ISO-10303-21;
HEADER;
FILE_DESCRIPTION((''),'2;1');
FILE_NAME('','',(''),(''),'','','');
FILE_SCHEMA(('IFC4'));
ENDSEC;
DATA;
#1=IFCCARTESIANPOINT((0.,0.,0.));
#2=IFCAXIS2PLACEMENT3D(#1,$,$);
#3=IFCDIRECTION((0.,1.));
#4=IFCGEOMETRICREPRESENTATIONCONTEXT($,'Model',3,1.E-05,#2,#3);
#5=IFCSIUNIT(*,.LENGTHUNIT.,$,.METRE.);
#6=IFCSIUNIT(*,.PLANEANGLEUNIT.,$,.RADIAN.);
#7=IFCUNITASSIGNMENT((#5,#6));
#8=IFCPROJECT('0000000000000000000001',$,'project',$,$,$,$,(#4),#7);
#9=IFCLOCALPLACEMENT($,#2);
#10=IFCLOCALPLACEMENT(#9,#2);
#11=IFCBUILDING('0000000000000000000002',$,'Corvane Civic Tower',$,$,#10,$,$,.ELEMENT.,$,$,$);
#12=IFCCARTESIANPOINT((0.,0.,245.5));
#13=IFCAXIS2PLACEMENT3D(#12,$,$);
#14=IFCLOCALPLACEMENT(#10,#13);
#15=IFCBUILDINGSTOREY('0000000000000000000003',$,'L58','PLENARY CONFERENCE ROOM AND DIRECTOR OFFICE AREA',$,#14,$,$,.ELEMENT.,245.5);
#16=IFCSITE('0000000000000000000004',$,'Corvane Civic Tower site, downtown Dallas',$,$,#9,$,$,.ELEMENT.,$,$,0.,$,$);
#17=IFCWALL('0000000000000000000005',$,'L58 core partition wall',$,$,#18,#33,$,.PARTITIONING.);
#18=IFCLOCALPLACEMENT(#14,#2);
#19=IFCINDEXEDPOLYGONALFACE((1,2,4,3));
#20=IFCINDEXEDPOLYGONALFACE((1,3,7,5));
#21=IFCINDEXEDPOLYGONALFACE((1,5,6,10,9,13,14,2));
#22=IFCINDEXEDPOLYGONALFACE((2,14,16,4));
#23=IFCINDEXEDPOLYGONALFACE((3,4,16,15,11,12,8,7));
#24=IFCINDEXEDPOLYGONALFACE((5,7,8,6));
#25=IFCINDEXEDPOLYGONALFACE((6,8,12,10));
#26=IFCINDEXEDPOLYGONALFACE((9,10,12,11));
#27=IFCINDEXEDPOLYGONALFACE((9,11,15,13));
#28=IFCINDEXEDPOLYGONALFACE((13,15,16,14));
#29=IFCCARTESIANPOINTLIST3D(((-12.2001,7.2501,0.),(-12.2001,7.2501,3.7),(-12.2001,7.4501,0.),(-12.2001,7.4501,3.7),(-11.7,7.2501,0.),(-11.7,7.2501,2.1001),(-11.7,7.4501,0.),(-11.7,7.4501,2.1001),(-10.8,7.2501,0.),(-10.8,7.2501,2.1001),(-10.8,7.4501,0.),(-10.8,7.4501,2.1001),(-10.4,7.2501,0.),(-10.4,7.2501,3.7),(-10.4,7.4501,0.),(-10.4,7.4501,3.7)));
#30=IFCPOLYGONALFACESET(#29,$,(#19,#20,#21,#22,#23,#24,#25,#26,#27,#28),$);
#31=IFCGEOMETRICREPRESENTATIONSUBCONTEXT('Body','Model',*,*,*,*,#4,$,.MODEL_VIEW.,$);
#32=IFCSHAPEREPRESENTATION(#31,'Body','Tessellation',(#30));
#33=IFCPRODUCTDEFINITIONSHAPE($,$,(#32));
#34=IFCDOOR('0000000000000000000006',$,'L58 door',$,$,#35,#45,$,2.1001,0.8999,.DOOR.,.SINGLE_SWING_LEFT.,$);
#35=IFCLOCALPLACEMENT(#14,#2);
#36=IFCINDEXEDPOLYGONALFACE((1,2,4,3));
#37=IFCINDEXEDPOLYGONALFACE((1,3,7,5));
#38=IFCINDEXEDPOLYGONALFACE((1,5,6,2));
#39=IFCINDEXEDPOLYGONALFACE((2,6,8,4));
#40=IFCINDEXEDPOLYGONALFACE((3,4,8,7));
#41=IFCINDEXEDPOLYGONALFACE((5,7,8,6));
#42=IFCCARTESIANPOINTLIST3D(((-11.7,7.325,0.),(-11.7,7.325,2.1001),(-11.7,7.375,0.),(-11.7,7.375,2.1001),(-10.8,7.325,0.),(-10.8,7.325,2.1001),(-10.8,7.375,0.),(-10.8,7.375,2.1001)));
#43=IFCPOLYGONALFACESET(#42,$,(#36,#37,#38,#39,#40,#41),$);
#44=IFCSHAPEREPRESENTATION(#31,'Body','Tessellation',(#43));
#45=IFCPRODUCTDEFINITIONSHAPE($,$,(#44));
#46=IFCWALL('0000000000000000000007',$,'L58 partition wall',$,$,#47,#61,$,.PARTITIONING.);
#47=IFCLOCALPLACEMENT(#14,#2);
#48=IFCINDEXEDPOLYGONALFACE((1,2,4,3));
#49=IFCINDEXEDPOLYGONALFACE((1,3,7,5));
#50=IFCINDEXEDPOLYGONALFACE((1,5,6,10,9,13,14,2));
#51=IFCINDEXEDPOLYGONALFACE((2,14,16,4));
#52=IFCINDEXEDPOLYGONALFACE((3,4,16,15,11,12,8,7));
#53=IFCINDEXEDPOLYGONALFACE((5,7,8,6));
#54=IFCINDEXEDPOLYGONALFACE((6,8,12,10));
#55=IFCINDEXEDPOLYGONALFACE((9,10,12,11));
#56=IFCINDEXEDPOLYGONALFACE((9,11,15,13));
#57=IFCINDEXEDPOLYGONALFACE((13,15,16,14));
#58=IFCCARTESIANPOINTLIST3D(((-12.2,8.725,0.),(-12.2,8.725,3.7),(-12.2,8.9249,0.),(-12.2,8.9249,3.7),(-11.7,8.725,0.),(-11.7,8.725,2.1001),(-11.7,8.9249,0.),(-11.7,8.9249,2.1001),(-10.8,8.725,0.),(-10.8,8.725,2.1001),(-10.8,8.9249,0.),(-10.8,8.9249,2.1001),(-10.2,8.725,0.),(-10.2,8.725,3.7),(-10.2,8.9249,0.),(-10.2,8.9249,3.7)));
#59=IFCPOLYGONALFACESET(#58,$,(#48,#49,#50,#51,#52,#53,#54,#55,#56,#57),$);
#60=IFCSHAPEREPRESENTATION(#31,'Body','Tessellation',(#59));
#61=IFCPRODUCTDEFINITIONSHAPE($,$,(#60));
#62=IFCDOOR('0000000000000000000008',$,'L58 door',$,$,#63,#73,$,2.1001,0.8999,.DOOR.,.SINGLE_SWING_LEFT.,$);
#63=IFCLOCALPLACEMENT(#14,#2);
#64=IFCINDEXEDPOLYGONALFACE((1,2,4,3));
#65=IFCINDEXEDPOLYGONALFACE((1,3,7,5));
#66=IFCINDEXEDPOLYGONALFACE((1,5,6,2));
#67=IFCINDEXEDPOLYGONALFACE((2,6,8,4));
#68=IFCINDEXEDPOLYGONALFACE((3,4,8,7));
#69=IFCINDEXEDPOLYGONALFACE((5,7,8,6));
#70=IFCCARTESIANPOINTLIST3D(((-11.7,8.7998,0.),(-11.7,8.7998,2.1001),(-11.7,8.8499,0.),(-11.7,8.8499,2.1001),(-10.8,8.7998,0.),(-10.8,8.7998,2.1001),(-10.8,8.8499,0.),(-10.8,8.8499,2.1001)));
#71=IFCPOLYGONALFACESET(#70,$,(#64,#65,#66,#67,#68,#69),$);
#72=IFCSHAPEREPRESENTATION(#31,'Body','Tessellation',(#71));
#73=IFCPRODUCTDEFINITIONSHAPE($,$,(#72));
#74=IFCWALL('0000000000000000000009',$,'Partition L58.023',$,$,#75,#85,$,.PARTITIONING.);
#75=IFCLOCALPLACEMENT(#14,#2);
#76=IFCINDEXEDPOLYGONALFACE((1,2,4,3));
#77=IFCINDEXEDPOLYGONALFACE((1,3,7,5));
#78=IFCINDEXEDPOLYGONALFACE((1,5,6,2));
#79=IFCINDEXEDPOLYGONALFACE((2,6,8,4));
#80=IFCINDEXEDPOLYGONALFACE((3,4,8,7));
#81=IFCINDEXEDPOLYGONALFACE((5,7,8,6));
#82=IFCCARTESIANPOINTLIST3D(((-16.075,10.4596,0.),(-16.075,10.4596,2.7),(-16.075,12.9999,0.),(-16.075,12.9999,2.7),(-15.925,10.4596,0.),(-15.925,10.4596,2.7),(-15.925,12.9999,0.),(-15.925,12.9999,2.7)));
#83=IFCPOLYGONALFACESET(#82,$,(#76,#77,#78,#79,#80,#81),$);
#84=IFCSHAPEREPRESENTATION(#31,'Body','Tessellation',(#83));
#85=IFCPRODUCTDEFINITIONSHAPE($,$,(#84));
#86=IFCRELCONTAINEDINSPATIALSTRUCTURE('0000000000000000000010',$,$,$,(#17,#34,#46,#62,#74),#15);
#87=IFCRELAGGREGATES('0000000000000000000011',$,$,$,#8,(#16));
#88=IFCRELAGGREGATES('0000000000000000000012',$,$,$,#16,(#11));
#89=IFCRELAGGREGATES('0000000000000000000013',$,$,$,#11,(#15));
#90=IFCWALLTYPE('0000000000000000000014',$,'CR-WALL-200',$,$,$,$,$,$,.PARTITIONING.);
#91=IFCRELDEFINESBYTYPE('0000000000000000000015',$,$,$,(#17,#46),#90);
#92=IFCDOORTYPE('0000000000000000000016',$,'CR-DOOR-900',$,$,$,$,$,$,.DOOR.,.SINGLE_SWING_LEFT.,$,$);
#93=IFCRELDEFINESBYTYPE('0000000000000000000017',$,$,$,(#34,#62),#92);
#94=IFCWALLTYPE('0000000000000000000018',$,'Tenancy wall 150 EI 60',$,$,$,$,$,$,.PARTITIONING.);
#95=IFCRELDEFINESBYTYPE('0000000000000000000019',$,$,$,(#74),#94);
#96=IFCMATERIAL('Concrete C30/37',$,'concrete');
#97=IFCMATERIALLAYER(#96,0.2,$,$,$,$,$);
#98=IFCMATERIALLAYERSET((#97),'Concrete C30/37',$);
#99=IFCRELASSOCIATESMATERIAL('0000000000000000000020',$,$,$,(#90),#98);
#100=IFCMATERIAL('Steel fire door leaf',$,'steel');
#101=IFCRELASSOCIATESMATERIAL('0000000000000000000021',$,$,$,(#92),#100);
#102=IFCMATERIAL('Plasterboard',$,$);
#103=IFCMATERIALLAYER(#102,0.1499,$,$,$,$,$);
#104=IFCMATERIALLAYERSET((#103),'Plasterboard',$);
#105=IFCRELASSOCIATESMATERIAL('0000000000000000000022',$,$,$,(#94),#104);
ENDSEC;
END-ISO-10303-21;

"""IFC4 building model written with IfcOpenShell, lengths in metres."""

from ifc_helpers import new_model, si_unit, direction, frame, frame_2d, origin, place, context, subcontext, project, spatial, rectangle, extrude, material, layer, layer_set, type_object, element, fill, save


model = new_model("IFC4")

# Units and contexts
model_context = context("Model", 3, precision=1e-05, world=origin(), true_north=direction((0.0, 1.0)))
body_context = subcontext(model_context, "Body", "Model", "MODEL_VIEW")
ifc_project = project(units=[si_unit("LENGTHUNIT", "METRE"), si_unit("PLANEANGLEUNIT", "RADIAN")], contexts=[model_context])

# Site, building, storey
site_placement = place(None, origin())
site = spatial("IfcSite", under=ifc_project, at=site_placement, Name="Corvane Civic Tower site, downtown Dallas", CompositionType="ELEMENT", RefElevation=0.0)
building_placement = place(site_placement, origin())
building = spatial("IfcBuilding", under=site, at=building_placement, Name="Corvane Civic Tower", CompositionType="ELEMENT")
storey_placement = place(building_placement, frame((0.0, 0.0, 245.5)))
storey = spatial("IfcBuildingStorey", under=building, at=storey_placement, Name="L58", Description="PLENARY CONFERENCE ROOM AND DIRECTOR OFFICE AREA", CompositionType="ELEMENT", Elevation=245.5)

# Shared definitions
ifc_material_1 = material(Name="Concrete C30/37", Category="concrete")
ifc_layer_1 = layer(ifc_material_1, 0.2)
ifc_layer_set_1 = layer_set([ifc_layer_1], Name="Concrete C30/37")
wall_type_1 = type_object("IfcWallType", Name="CR-WALL-200", PredefinedType="PARTITIONING", material=ifc_layer_set_1)
ifc_material_2 = material(Name="Steel fire door leaf", Category="steel")
door_type_1 = type_object("IfcDoorType", Name="CR-DOOR-900", OperationType="SINGLE_SWING_LEFT", PredefinedType="DOOR", material=ifc_material_2)

# Walls, openings, doors
wall_1_placement = place(storey_placement, frame((-12.2, 7.3501, 0.0), z_axis=(0.0, 0.0, 1.0), x_axis=(1.0, 0.0, 0.0)))
wall_1 = element("IfcWall", 1, at=wall_1_placement, inside=storey, type_object=wall_type_1, Name="L58 core partition wall", PredefinedType="PARTITIONING", context=body_context, shape_type="SweptSolid", body=[
    extrude(rectangle(XDim=1.8, YDim=0.2, at=frame_2d((0.8999, 0.0))), origin(), (0.0, 0.0, 1.0), 3.7),
])
opening_1_placement = place(wall_1_placement, frame((0.5, 0.0, 0.0)))
opening_1 = element("IfcOpeningElement", 2, at=opening_1_placement, cuts=wall_1, PredefinedType="OPENING", context=body_context, shape_type="SweptSolid", body=[
    extrude(rectangle(XDim=0.8999, YDim=2.1001, at=frame_2d((0.45, 1.05))), frame((0.0, 0.1099, 0.0), z_axis=(0.0, -1.0, 0.0), x_axis=(1.0, 0.0, 0.0)), (0.0, 0.0, 1.0), 0.22),
])
door_1_placement = place(opening_1_placement, origin())
door_1 = element("IfcDoor", 3, at=door_1_placement, inside=storey, type_object=door_type_1, Name="L58 door", OperationType="SINGLE_SWING_LEFT", OverallHeight=2.1001, OverallWidth=0.8999, PredefinedType="DOOR", context=body_context, shape_type="SweptSolid", body=[
    extrude(rectangle(XDim=0.8999, YDim=2.1001, at=frame_2d((0.45, 1.05))), frame((0.0, 0.0249, 0.0), z_axis=(0.0, -1.0, 0.0), x_axis=(1.0, 0.0, 0.0)), (0.0, 0.0, 1.0), 0.05),
])
fill(opening_1, door_1)
wall_2_placement = place(storey_placement, frame((-12.2, 8.825, 0.0), z_axis=(0.0, 0.0, 1.0), x_axis=(1.0, 0.0, 0.0)))
wall_2 = element("IfcWall", 4, at=wall_2_placement, inside=storey, type_object=wall_type_1, Name="L58 partition wall", PredefinedType="PARTITIONING", context=body_context, shape_type="SweptSolid", body=[
    extrude(rectangle(XDim=2.0, YDim=0.2, at=frame_2d((1.0, 0.0))), origin(), (0.0, 0.0, 1.0), 3.7),
])
opening_2_placement = place(wall_2_placement, frame((0.5, 0.0, 0.0)))
opening_2 = element("IfcOpeningElement", 5, at=opening_2_placement, cuts=wall_2, PredefinedType="OPENING", context=body_context, shape_type="SweptSolid", body=[
    extrude(rectangle(XDim=0.8999, YDim=2.1001, at=frame_2d((0.45, 1.05))), frame((0.0, 0.1099, 0.0), z_axis=(0.0, -1.0, 0.0), x_axis=(1.0, 0.0, 0.0)), (0.0, 0.0, 1.0), 0.22),
])
door_2_placement = place(opening_2_placement, origin())
door_2 = element("IfcDoor", 6, at=door_2_placement, inside=storey, type_object=door_type_1, Name="L58 door", OperationType="SINGLE_SWING_LEFT", OverallHeight=2.1001, OverallWidth=0.8999, PredefinedType="DOOR", context=body_context, shape_type="SweptSolid", body=[
    extrude(rectangle(XDim=0.8999, YDim=2.1001, at=frame_2d((0.45, 1.05))), frame((0.0, 0.0249, 0.0), z_axis=(0.0, -1.0, 0.0), x_axis=(1.0, 0.0, 0.0)), (0.0, 0.0, 1.0), 0.05),
])
fill(opening_2, door_2)

# Wall
ifc_material_3 = material(Name="Plasterboard")
ifc_layer_2 = layer(ifc_material_3, 0.1499)
ifc_layer_set_2 = layer_set([ifc_layer_2], Name="Plasterboard")
wall_type_2 = type_object("IfcWallType", Name="Tenancy wall 150 EI 60", PredefinedType="PARTITIONING", material=ifc_layer_set_2)
wall_3_placement = place(storey_placement, frame((-16.0, 10.4597, 0.0), z_axis=(0.0, 0.0, 1.0), x_axis=(0.0, 1.0, 0.0)))
element("IfcWall", 7, at=wall_3_placement, inside=storey, type_object=wall_type_2, Name="Partition L58.023", PredefinedType="PARTITIONING", context=body_context, shape_type="SweptSolid", body=[
    extrude(rectangle(XDim=2.5403, YDim=0.1499, at=frame_2d((1.27, 0.0))), origin(), (0.0, 0.0, 1.0), 2.7),
])

save(model, "model.ifc")
